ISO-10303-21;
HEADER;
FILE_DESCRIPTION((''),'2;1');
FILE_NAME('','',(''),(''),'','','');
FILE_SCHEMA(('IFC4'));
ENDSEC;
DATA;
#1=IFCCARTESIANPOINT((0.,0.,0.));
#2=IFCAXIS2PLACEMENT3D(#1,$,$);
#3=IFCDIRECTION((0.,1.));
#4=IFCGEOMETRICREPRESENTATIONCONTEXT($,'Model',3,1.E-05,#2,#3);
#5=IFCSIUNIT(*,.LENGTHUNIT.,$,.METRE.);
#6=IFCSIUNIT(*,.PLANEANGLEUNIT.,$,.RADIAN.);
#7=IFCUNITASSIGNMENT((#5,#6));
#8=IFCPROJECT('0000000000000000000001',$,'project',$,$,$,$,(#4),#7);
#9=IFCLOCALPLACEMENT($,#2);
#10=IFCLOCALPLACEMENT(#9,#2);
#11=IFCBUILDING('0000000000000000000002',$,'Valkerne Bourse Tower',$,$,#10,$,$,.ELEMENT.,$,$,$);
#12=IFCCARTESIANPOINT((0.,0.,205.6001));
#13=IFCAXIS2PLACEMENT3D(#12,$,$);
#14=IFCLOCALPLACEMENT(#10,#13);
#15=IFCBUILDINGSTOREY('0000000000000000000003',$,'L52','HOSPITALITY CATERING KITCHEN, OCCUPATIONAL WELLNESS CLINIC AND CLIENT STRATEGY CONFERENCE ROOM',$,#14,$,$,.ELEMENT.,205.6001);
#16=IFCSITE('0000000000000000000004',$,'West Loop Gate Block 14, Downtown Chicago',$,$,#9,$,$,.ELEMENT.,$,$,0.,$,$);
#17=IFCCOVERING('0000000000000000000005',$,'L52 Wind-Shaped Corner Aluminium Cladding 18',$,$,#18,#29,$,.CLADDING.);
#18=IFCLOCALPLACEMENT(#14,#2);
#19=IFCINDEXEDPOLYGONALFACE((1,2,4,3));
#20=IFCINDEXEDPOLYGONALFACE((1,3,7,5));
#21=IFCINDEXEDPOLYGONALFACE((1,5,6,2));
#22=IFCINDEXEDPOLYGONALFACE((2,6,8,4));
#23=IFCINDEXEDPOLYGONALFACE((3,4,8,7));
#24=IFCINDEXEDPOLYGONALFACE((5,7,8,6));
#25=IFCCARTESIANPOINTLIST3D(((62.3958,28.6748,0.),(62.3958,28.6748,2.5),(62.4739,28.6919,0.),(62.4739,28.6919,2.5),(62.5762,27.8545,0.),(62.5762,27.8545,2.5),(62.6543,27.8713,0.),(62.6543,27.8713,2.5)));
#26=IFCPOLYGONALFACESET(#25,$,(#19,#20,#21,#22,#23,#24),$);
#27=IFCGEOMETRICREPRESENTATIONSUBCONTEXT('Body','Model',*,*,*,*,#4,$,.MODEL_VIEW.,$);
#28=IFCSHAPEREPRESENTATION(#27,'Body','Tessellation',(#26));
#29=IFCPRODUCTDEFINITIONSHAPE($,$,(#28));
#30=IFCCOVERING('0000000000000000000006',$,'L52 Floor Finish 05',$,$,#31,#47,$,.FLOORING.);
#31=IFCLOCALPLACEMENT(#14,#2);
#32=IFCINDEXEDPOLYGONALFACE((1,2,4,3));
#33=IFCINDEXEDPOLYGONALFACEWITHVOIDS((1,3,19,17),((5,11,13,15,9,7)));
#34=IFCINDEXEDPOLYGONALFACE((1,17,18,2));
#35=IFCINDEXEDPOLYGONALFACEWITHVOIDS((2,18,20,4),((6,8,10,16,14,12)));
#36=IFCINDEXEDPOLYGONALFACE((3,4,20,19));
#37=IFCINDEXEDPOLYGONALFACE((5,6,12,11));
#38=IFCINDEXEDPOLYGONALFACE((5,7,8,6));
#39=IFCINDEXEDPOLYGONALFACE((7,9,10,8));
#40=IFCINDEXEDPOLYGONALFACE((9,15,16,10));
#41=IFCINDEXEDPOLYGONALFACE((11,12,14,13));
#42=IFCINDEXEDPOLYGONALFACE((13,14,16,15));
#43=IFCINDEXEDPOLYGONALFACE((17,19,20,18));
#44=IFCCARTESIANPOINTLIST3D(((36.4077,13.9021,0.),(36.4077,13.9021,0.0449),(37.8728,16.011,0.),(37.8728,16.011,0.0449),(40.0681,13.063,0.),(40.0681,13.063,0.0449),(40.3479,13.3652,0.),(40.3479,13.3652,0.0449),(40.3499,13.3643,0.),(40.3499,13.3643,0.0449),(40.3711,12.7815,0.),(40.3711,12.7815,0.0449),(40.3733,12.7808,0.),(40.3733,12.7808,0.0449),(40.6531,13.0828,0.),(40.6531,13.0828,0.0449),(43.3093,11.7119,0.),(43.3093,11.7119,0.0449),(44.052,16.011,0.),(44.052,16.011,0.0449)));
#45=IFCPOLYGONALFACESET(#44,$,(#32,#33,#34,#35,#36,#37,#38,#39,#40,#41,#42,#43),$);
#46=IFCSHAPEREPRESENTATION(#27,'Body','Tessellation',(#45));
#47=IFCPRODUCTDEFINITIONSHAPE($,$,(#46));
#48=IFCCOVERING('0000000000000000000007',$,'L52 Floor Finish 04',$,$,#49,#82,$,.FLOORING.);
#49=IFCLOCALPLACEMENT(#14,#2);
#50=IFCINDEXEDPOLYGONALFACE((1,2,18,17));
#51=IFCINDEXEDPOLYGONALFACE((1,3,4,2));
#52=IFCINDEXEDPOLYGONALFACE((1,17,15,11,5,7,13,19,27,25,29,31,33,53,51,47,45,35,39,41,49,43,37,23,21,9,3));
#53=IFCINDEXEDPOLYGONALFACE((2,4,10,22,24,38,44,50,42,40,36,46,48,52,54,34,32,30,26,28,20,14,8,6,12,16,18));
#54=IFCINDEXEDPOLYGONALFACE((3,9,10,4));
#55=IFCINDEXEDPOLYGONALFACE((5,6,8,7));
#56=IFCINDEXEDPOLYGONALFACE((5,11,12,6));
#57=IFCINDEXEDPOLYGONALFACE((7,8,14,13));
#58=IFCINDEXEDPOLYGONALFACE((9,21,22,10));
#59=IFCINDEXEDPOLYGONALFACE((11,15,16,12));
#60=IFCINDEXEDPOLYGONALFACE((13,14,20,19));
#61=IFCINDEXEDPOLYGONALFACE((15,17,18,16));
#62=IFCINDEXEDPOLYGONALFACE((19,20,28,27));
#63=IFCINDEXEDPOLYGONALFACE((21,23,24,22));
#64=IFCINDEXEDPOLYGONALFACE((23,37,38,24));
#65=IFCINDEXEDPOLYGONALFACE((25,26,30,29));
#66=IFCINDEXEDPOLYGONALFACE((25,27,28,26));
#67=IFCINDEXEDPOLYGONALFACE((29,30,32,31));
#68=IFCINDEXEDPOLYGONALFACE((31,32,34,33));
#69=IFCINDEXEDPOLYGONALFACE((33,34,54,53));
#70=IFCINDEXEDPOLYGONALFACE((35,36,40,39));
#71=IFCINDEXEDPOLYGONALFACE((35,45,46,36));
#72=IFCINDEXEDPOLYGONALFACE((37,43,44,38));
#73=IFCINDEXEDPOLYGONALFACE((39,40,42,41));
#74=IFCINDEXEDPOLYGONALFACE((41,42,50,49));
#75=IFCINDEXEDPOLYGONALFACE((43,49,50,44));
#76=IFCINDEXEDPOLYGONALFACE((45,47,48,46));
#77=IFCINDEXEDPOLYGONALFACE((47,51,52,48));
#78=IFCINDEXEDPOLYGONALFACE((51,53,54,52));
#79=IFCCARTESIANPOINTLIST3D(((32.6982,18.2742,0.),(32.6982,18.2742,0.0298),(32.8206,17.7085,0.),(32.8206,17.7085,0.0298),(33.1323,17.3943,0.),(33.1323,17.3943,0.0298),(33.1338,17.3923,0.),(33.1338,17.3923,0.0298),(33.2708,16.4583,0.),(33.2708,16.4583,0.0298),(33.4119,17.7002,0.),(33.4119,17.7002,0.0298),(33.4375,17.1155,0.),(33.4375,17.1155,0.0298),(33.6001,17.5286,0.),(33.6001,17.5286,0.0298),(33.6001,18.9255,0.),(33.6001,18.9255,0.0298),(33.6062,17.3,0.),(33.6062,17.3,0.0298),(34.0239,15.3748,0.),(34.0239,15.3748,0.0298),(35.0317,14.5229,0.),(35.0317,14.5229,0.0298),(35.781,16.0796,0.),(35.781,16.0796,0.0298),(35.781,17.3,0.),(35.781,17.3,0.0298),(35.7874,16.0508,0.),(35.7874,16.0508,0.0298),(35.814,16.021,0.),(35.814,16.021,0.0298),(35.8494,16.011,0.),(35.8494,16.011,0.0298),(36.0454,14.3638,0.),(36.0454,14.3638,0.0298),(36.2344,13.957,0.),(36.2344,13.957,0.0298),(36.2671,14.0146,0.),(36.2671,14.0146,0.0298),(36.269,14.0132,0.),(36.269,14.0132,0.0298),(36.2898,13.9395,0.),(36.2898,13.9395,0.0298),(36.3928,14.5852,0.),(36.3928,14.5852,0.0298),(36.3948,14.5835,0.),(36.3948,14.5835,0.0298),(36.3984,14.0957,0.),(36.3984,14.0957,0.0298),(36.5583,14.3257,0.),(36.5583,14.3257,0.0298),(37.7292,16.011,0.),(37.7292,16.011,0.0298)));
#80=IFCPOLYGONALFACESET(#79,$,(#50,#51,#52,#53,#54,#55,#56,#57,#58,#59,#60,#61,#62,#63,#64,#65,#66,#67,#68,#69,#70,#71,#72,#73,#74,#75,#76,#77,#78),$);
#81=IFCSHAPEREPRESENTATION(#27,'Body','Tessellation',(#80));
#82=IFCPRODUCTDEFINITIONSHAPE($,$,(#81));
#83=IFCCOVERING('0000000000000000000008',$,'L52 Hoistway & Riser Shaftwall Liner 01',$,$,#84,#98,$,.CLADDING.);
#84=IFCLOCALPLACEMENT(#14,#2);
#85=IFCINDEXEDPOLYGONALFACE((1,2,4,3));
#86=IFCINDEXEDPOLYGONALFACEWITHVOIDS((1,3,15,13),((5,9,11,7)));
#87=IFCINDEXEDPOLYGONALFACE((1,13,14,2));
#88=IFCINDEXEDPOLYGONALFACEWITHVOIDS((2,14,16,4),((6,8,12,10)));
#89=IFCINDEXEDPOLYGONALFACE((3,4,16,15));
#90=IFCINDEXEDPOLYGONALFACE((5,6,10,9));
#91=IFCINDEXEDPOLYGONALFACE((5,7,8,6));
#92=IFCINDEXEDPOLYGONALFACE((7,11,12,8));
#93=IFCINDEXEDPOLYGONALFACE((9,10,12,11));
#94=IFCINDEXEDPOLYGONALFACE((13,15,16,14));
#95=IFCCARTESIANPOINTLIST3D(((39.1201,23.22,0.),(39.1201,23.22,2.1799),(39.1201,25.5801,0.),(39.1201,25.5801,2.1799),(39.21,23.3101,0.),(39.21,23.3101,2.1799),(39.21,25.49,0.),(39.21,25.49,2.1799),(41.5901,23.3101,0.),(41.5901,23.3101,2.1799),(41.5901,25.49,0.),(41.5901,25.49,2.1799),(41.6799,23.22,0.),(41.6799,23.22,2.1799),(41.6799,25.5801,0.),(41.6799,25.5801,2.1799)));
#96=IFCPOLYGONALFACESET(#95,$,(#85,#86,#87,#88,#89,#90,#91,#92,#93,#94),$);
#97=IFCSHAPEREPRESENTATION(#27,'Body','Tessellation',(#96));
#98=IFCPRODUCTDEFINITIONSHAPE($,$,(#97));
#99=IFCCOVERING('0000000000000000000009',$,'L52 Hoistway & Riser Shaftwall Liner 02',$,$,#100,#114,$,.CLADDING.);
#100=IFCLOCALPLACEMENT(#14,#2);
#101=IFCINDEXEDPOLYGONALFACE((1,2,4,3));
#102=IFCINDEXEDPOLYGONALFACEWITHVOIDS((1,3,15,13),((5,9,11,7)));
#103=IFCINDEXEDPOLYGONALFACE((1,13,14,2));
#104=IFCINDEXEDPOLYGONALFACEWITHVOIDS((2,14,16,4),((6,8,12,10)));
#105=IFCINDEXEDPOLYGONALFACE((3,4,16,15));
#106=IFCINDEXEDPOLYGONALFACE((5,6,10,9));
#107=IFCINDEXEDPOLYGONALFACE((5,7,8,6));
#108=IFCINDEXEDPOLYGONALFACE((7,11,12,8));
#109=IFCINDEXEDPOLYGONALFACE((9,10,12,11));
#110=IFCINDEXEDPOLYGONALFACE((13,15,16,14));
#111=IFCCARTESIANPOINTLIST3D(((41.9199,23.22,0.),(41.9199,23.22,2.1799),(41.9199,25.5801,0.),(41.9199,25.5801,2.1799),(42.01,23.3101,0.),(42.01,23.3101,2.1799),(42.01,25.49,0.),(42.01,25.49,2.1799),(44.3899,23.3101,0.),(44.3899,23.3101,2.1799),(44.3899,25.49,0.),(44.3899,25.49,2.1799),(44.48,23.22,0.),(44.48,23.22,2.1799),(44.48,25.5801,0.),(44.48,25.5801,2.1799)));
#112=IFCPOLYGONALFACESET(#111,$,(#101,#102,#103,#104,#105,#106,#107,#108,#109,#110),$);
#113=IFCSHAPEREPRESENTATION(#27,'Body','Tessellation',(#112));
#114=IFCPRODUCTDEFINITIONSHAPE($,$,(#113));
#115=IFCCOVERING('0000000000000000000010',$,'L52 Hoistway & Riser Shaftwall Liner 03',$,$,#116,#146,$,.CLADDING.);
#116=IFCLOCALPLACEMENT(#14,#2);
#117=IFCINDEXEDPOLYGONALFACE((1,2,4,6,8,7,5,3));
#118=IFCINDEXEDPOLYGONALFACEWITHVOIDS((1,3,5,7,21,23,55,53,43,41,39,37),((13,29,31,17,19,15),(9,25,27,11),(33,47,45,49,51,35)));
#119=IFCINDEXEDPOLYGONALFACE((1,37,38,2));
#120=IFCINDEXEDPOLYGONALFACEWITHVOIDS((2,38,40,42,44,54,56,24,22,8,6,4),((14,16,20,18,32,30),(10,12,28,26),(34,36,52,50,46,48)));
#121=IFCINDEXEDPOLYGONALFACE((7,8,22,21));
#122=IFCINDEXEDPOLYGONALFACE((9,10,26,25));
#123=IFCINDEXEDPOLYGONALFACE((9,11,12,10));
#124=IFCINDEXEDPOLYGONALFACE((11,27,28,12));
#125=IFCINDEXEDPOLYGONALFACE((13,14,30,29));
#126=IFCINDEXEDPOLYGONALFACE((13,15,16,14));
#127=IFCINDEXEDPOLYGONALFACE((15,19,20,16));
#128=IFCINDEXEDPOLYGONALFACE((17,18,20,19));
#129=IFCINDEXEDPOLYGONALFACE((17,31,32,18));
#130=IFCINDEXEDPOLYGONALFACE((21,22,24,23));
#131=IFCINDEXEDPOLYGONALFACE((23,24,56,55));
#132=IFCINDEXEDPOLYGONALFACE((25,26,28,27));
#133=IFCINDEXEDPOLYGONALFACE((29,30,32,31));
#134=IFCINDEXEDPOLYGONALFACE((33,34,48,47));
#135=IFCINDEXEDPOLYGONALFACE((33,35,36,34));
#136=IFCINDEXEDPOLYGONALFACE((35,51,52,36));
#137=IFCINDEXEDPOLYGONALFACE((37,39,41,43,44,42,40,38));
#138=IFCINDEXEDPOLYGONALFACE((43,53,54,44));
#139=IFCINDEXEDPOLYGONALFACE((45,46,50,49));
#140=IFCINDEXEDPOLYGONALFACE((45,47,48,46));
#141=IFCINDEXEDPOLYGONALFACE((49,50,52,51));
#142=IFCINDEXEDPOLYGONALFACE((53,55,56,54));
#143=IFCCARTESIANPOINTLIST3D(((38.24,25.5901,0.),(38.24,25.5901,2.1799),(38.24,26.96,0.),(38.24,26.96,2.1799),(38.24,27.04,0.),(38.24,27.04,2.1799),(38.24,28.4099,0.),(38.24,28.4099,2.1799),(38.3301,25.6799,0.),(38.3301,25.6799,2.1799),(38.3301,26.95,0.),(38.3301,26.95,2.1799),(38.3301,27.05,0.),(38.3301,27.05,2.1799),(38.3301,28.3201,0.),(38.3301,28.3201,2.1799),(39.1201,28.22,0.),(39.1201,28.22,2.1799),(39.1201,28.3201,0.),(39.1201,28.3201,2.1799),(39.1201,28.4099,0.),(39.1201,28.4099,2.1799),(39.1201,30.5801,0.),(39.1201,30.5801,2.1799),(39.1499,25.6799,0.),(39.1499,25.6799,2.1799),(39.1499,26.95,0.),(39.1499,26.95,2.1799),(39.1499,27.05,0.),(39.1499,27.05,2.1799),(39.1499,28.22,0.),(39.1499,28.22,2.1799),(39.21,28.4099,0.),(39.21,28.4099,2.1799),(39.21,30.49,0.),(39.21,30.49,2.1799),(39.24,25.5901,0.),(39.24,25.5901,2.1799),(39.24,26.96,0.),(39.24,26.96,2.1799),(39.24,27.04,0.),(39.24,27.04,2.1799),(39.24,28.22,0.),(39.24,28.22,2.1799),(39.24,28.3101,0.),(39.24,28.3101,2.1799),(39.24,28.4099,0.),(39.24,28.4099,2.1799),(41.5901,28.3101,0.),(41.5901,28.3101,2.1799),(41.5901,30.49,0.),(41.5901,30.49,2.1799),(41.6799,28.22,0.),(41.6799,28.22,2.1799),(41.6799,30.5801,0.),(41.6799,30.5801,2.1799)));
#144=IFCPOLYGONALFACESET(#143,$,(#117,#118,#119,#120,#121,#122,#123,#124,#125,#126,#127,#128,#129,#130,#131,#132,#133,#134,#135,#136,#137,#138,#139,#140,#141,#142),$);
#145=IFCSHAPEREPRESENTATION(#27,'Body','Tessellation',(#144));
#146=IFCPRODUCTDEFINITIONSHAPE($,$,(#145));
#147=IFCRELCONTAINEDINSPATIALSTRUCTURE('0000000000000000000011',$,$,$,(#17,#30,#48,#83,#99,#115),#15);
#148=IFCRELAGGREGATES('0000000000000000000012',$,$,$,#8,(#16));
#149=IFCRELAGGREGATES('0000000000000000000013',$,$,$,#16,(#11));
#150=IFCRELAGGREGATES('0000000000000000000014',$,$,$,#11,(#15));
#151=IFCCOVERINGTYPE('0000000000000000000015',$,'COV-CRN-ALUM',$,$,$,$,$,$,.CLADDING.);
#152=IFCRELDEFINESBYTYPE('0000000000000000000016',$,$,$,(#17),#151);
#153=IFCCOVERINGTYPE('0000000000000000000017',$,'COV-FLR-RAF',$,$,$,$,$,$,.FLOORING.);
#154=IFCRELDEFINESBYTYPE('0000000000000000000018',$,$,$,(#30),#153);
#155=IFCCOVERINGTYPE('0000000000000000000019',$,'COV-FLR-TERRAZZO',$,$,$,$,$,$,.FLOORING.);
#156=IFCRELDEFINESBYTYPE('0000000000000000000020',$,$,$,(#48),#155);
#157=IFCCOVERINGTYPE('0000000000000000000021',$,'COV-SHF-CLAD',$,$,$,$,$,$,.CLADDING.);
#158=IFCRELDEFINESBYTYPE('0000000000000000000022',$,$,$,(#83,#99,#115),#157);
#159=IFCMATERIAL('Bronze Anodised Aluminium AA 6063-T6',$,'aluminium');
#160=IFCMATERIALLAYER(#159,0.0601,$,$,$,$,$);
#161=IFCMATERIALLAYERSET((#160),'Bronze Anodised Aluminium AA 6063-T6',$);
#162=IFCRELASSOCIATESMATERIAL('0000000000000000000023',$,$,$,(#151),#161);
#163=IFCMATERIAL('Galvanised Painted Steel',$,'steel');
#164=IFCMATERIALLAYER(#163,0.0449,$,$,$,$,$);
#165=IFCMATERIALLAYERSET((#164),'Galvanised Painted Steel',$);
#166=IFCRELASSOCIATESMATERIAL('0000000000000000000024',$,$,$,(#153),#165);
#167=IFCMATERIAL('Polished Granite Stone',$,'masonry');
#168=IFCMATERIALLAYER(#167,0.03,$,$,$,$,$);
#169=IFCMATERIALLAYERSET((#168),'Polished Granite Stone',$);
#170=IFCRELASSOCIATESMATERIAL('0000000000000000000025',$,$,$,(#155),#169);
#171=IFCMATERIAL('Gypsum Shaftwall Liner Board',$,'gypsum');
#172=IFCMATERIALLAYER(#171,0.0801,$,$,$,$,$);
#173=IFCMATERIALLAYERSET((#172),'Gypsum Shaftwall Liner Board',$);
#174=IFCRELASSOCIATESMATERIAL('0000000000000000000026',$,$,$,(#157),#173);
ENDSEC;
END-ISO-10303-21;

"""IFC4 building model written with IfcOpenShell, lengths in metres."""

from ifc_helpers import new_model, si_unit, direction, frame, origin, place, context, subcontext, project, spatial, polyline, outline, extrude, material, layer, layer_set, type_object, element, save


model = new_model("IFC4")

# Units and contexts
model_context = context("Model", 3, precision=1e-05, world=origin(), true_north=direction((0.0, 1.0)))
body_context = subcontext(model_context, "Body", "Model", "MODEL_VIEW")
ifc_project = project(units=[si_unit("LENGTHUNIT", "METRE"), si_unit("PLANEANGLEUNIT", "RADIAN")], contexts=[model_context])

# Site, building, storey
site_placement = place(None, origin())
site = spatial("IfcSite", under=ifc_project, at=site_placement, Name="West Loop Gate Block 14, Downtown Chicago", CompositionType="ELEMENT", RefElevation=0.0)
building_placement = place(site_placement, origin())
building = spatial("IfcBuilding", under=site, at=building_placement, Name="Valkerne Bourse Tower", CompositionType="ELEMENT")
storey_placement = place(building_placement, frame((0.0, 0.0, 205.6001)))
storey = spatial("IfcBuildingStorey", under=building, at=storey_placement, Name="L52", Description="HOSPITALITY CATERING KITCHEN, OCCUPATIONAL WELLNESS CLINIC AND CLIENT STRATEGY CONFERENCE ROOM", CompositionType="ELEMENT", Elevation=205.6001)

# Coverings
ifc_material_1 = material(Name="Bronze Anodised Aluminium AA 6063-T6", Category="aluminium")
ifc_layer_1 = layer(ifc_material_1, 0.0601)
ifc_layer_set_1 = layer_set([ifc_layer_1], Name="Bronze Anodised Aluminium AA 6063-T6")
covering_type_1 = type_object("IfcCoveringType", Name="COV-CRN-ALUM", PredefinedType="CLADDING", material=ifc_layer_set_1)
covering_1_placement = place(storey_placement, origin())
element("IfcCovering", 1, at=covering_1_placement, inside=storey, type_object=covering_type_1, Name="L52 Wind-Shaped Corner Aluminium Cladding 18", PredefinedType="CLADDING", context=body_context, shape_type="SweptSolid", body=[
    extrude(outline(polyline([(62.6543, 27.8713), (62.5762, 27.8545), (62.3958, 28.6748), (62.4739, 28.6919), (62.6543, 27.8713)])), origin(), (0.0, 0.0, 1.0), 2.5),
])
ifc_material_2 = material(Name="Galvanised Painted Steel", Category="steel")
ifc_layer_2 = layer(ifc_material_2, 0.0449)
ifc_layer_set_2 = layer_set([ifc_layer_2], Name="Galvanised Painted Steel")
covering_type_2 = type_object("IfcCoveringType", Name="COV-FLR-RAF", PredefinedType="FLOORING", material=ifc_layer_set_2)
covering_2_placement = place(storey_placement, origin())
element("IfcCovering", 2, at=covering_2_placement, inside=storey, type_object=covering_type_2, Name="L52 Floor Finish 05", PredefinedType="FLOORING", context=body_context, shape_type="SweptSolid", body=[
    extrude(outline(polyline([(44.052, 16.011), (43.3093, 11.7119), (36.4077, 13.9021), (37.8728, 16.011), (44.052, 16.011)]), holes=[polyline([(40.3499, 13.3643), (40.3479, 13.3652), (40.0681, 13.063), (40.3711, 12.7815), (40.3733, 12.7808), (40.6531, 13.0828), (40.3499, 13.3643)])]), origin(), (0.0, 0.0, 1.0), 0.0449),
])
ifc_material_3 = material(Name="Polished Granite Stone", Category="masonry")
ifc_layer_3 = layer(ifc_material_3, 0.03)
ifc_layer_set_3 = layer_set([ifc_layer_3], Name="Polished Granite Stone")
covering_type_3 = type_object("IfcCoveringType", Name="COV-FLR-TERRAZZO", PredefinedType="FLOORING", material=ifc_layer_set_3)
covering_3_placement = place(storey_placement, origin())
element("IfcCovering", 3, at=covering_3_placement, inside=storey, type_object=covering_type_3, Name="L52 Floor Finish 04", PredefinedType="FLOORING", context=body_context, shape_type="SweptSolid", body=[
    extrude(outline(polyline([(34.0239, 15.3748), (33.2708, 16.4583), (32.8206, 17.7085), (32.6982, 18.2742), (33.6001, 18.9255), (33.6001, 17.5286), (33.4119, 17.7002), (33.1323, 17.3943), (33.1338, 17.3923), (33.4375, 17.1155), (33.6062, 17.3), (35.781, 17.3), (35.781, 16.0796), (35.7874, 16.0508), (35.814, 16.021), (35.8494, 16.011), (37.7292, 16.011), (36.5583, 14.3257), (36.3948, 14.5835), (36.3928, 14.5852), (36.0454, 14.3638), (36.2671, 14.0146), (36.269, 14.0132), (36.3984, 14.0957), (36.2898, 13.9395), (36.2344, 13.957), (35.0317, 14.5229), (34.0239, 15.3748)])), origin(), (0.0, 0.0, 1.0), 0.0298),
])
ifc_material_4 = material(Name="Gypsum Shaftwall Liner Board", Category="gypsum")
ifc_layer_4 = layer(ifc_material_4, 0.0801)
ifc_layer_set_4 = layer_set([ifc_layer_4], Name="Gypsum Shaftwall Liner Board")
covering_type_4 = type_object("IfcCoveringType", Name="COV-SHF-CLAD", PredefinedType="CLADDING", material=ifc_layer_set_4)
covering_4_placement = place(storey_placement, origin())
element("IfcCovering", 4, at=covering_4_placement, inside=storey, type_object=covering_type_4, Name="L52 Hoistway & Riser Shaftwall Liner 01", PredefinedType="CLADDING", context=body_context, shape_type="SweptSolid", body=[
    extrude(outline(polyline([(41.6799, 25.5801), (41.6799, 23.22), (39.1201, 23.22), (39.1201, 25.5801), (41.6799, 25.5801)]), holes=[polyline([(41.5901, 25.49), (39.21, 25.49), (39.21, 23.3101), (41.5901, 23.3101), (41.5901, 25.49)])]), origin(), (0.0, 0.0, 1.0), 2.1799),
])
covering_5_placement = place(storey_placement, origin())
element("IfcCovering", 5, at=covering_5_placement, inside=storey, type_object=covering_type_4, Name="L52 Hoistway & Riser Shaftwall Liner 02", PredefinedType="CLADDING", context=body_context, shape_type="SweptSolid", body=[
    extrude(outline(polyline([(44.48, 23.22), (41.9199, 23.22), (41.9199, 25.5801), (44.48, 25.5801), (44.48, 23.22)]), holes=[polyline([(42.01, 25.49), (42.01, 23.3101), (44.3899, 23.3101), (44.3899, 25.49), (42.01, 25.49)])]), origin(), (0.0, 0.0, 1.0), 2.1799),
])
covering_6_placement = place(storey_placement, origin())
element("IfcCovering", 6, at=covering_6_placement, inside=storey, type_object=covering_type_4, Name="L52 Hoistway & Riser Shaftwall Liner 03", PredefinedType="CLADDING", context=body_context, shape_type="SweptSolid", body=[
    extrude(outline(polyline([(38.24, 28.4099), (39.1201, 28.4099), (39.1201, 30.5801), (41.6799, 30.5801), (41.6799, 28.22), (39.24, 28.22), (39.24, 27.04), (39.24, 26.96), (39.24, 25.5901), (38.24, 25.5901), (38.24, 26.96), (38.24, 27.04), (38.24, 28.4099)]), holes=[polyline([(38.3301, 26.95), (38.3301, 25.6799), (39.1499, 25.6799), (39.1499, 26.95), (38.3301, 26.95)]), polyline([(39.21, 30.49), (39.21, 28.4099), (39.24, 28.4099), (39.24, 28.3101), (41.5901, 28.3101), (41.5901, 30.49), (39.21, 30.49)]), polyline([(38.3301, 27.05), (39.1499, 27.05), (39.1499, 28.22), (39.1201, 28.22), (39.1201, 28.3201), (38.3301, 28.3201), (38.3301, 27.05)])]), origin(), (0.0, 0.0, 1.0), 2.1799),
])

save(model, "model.ifc")
